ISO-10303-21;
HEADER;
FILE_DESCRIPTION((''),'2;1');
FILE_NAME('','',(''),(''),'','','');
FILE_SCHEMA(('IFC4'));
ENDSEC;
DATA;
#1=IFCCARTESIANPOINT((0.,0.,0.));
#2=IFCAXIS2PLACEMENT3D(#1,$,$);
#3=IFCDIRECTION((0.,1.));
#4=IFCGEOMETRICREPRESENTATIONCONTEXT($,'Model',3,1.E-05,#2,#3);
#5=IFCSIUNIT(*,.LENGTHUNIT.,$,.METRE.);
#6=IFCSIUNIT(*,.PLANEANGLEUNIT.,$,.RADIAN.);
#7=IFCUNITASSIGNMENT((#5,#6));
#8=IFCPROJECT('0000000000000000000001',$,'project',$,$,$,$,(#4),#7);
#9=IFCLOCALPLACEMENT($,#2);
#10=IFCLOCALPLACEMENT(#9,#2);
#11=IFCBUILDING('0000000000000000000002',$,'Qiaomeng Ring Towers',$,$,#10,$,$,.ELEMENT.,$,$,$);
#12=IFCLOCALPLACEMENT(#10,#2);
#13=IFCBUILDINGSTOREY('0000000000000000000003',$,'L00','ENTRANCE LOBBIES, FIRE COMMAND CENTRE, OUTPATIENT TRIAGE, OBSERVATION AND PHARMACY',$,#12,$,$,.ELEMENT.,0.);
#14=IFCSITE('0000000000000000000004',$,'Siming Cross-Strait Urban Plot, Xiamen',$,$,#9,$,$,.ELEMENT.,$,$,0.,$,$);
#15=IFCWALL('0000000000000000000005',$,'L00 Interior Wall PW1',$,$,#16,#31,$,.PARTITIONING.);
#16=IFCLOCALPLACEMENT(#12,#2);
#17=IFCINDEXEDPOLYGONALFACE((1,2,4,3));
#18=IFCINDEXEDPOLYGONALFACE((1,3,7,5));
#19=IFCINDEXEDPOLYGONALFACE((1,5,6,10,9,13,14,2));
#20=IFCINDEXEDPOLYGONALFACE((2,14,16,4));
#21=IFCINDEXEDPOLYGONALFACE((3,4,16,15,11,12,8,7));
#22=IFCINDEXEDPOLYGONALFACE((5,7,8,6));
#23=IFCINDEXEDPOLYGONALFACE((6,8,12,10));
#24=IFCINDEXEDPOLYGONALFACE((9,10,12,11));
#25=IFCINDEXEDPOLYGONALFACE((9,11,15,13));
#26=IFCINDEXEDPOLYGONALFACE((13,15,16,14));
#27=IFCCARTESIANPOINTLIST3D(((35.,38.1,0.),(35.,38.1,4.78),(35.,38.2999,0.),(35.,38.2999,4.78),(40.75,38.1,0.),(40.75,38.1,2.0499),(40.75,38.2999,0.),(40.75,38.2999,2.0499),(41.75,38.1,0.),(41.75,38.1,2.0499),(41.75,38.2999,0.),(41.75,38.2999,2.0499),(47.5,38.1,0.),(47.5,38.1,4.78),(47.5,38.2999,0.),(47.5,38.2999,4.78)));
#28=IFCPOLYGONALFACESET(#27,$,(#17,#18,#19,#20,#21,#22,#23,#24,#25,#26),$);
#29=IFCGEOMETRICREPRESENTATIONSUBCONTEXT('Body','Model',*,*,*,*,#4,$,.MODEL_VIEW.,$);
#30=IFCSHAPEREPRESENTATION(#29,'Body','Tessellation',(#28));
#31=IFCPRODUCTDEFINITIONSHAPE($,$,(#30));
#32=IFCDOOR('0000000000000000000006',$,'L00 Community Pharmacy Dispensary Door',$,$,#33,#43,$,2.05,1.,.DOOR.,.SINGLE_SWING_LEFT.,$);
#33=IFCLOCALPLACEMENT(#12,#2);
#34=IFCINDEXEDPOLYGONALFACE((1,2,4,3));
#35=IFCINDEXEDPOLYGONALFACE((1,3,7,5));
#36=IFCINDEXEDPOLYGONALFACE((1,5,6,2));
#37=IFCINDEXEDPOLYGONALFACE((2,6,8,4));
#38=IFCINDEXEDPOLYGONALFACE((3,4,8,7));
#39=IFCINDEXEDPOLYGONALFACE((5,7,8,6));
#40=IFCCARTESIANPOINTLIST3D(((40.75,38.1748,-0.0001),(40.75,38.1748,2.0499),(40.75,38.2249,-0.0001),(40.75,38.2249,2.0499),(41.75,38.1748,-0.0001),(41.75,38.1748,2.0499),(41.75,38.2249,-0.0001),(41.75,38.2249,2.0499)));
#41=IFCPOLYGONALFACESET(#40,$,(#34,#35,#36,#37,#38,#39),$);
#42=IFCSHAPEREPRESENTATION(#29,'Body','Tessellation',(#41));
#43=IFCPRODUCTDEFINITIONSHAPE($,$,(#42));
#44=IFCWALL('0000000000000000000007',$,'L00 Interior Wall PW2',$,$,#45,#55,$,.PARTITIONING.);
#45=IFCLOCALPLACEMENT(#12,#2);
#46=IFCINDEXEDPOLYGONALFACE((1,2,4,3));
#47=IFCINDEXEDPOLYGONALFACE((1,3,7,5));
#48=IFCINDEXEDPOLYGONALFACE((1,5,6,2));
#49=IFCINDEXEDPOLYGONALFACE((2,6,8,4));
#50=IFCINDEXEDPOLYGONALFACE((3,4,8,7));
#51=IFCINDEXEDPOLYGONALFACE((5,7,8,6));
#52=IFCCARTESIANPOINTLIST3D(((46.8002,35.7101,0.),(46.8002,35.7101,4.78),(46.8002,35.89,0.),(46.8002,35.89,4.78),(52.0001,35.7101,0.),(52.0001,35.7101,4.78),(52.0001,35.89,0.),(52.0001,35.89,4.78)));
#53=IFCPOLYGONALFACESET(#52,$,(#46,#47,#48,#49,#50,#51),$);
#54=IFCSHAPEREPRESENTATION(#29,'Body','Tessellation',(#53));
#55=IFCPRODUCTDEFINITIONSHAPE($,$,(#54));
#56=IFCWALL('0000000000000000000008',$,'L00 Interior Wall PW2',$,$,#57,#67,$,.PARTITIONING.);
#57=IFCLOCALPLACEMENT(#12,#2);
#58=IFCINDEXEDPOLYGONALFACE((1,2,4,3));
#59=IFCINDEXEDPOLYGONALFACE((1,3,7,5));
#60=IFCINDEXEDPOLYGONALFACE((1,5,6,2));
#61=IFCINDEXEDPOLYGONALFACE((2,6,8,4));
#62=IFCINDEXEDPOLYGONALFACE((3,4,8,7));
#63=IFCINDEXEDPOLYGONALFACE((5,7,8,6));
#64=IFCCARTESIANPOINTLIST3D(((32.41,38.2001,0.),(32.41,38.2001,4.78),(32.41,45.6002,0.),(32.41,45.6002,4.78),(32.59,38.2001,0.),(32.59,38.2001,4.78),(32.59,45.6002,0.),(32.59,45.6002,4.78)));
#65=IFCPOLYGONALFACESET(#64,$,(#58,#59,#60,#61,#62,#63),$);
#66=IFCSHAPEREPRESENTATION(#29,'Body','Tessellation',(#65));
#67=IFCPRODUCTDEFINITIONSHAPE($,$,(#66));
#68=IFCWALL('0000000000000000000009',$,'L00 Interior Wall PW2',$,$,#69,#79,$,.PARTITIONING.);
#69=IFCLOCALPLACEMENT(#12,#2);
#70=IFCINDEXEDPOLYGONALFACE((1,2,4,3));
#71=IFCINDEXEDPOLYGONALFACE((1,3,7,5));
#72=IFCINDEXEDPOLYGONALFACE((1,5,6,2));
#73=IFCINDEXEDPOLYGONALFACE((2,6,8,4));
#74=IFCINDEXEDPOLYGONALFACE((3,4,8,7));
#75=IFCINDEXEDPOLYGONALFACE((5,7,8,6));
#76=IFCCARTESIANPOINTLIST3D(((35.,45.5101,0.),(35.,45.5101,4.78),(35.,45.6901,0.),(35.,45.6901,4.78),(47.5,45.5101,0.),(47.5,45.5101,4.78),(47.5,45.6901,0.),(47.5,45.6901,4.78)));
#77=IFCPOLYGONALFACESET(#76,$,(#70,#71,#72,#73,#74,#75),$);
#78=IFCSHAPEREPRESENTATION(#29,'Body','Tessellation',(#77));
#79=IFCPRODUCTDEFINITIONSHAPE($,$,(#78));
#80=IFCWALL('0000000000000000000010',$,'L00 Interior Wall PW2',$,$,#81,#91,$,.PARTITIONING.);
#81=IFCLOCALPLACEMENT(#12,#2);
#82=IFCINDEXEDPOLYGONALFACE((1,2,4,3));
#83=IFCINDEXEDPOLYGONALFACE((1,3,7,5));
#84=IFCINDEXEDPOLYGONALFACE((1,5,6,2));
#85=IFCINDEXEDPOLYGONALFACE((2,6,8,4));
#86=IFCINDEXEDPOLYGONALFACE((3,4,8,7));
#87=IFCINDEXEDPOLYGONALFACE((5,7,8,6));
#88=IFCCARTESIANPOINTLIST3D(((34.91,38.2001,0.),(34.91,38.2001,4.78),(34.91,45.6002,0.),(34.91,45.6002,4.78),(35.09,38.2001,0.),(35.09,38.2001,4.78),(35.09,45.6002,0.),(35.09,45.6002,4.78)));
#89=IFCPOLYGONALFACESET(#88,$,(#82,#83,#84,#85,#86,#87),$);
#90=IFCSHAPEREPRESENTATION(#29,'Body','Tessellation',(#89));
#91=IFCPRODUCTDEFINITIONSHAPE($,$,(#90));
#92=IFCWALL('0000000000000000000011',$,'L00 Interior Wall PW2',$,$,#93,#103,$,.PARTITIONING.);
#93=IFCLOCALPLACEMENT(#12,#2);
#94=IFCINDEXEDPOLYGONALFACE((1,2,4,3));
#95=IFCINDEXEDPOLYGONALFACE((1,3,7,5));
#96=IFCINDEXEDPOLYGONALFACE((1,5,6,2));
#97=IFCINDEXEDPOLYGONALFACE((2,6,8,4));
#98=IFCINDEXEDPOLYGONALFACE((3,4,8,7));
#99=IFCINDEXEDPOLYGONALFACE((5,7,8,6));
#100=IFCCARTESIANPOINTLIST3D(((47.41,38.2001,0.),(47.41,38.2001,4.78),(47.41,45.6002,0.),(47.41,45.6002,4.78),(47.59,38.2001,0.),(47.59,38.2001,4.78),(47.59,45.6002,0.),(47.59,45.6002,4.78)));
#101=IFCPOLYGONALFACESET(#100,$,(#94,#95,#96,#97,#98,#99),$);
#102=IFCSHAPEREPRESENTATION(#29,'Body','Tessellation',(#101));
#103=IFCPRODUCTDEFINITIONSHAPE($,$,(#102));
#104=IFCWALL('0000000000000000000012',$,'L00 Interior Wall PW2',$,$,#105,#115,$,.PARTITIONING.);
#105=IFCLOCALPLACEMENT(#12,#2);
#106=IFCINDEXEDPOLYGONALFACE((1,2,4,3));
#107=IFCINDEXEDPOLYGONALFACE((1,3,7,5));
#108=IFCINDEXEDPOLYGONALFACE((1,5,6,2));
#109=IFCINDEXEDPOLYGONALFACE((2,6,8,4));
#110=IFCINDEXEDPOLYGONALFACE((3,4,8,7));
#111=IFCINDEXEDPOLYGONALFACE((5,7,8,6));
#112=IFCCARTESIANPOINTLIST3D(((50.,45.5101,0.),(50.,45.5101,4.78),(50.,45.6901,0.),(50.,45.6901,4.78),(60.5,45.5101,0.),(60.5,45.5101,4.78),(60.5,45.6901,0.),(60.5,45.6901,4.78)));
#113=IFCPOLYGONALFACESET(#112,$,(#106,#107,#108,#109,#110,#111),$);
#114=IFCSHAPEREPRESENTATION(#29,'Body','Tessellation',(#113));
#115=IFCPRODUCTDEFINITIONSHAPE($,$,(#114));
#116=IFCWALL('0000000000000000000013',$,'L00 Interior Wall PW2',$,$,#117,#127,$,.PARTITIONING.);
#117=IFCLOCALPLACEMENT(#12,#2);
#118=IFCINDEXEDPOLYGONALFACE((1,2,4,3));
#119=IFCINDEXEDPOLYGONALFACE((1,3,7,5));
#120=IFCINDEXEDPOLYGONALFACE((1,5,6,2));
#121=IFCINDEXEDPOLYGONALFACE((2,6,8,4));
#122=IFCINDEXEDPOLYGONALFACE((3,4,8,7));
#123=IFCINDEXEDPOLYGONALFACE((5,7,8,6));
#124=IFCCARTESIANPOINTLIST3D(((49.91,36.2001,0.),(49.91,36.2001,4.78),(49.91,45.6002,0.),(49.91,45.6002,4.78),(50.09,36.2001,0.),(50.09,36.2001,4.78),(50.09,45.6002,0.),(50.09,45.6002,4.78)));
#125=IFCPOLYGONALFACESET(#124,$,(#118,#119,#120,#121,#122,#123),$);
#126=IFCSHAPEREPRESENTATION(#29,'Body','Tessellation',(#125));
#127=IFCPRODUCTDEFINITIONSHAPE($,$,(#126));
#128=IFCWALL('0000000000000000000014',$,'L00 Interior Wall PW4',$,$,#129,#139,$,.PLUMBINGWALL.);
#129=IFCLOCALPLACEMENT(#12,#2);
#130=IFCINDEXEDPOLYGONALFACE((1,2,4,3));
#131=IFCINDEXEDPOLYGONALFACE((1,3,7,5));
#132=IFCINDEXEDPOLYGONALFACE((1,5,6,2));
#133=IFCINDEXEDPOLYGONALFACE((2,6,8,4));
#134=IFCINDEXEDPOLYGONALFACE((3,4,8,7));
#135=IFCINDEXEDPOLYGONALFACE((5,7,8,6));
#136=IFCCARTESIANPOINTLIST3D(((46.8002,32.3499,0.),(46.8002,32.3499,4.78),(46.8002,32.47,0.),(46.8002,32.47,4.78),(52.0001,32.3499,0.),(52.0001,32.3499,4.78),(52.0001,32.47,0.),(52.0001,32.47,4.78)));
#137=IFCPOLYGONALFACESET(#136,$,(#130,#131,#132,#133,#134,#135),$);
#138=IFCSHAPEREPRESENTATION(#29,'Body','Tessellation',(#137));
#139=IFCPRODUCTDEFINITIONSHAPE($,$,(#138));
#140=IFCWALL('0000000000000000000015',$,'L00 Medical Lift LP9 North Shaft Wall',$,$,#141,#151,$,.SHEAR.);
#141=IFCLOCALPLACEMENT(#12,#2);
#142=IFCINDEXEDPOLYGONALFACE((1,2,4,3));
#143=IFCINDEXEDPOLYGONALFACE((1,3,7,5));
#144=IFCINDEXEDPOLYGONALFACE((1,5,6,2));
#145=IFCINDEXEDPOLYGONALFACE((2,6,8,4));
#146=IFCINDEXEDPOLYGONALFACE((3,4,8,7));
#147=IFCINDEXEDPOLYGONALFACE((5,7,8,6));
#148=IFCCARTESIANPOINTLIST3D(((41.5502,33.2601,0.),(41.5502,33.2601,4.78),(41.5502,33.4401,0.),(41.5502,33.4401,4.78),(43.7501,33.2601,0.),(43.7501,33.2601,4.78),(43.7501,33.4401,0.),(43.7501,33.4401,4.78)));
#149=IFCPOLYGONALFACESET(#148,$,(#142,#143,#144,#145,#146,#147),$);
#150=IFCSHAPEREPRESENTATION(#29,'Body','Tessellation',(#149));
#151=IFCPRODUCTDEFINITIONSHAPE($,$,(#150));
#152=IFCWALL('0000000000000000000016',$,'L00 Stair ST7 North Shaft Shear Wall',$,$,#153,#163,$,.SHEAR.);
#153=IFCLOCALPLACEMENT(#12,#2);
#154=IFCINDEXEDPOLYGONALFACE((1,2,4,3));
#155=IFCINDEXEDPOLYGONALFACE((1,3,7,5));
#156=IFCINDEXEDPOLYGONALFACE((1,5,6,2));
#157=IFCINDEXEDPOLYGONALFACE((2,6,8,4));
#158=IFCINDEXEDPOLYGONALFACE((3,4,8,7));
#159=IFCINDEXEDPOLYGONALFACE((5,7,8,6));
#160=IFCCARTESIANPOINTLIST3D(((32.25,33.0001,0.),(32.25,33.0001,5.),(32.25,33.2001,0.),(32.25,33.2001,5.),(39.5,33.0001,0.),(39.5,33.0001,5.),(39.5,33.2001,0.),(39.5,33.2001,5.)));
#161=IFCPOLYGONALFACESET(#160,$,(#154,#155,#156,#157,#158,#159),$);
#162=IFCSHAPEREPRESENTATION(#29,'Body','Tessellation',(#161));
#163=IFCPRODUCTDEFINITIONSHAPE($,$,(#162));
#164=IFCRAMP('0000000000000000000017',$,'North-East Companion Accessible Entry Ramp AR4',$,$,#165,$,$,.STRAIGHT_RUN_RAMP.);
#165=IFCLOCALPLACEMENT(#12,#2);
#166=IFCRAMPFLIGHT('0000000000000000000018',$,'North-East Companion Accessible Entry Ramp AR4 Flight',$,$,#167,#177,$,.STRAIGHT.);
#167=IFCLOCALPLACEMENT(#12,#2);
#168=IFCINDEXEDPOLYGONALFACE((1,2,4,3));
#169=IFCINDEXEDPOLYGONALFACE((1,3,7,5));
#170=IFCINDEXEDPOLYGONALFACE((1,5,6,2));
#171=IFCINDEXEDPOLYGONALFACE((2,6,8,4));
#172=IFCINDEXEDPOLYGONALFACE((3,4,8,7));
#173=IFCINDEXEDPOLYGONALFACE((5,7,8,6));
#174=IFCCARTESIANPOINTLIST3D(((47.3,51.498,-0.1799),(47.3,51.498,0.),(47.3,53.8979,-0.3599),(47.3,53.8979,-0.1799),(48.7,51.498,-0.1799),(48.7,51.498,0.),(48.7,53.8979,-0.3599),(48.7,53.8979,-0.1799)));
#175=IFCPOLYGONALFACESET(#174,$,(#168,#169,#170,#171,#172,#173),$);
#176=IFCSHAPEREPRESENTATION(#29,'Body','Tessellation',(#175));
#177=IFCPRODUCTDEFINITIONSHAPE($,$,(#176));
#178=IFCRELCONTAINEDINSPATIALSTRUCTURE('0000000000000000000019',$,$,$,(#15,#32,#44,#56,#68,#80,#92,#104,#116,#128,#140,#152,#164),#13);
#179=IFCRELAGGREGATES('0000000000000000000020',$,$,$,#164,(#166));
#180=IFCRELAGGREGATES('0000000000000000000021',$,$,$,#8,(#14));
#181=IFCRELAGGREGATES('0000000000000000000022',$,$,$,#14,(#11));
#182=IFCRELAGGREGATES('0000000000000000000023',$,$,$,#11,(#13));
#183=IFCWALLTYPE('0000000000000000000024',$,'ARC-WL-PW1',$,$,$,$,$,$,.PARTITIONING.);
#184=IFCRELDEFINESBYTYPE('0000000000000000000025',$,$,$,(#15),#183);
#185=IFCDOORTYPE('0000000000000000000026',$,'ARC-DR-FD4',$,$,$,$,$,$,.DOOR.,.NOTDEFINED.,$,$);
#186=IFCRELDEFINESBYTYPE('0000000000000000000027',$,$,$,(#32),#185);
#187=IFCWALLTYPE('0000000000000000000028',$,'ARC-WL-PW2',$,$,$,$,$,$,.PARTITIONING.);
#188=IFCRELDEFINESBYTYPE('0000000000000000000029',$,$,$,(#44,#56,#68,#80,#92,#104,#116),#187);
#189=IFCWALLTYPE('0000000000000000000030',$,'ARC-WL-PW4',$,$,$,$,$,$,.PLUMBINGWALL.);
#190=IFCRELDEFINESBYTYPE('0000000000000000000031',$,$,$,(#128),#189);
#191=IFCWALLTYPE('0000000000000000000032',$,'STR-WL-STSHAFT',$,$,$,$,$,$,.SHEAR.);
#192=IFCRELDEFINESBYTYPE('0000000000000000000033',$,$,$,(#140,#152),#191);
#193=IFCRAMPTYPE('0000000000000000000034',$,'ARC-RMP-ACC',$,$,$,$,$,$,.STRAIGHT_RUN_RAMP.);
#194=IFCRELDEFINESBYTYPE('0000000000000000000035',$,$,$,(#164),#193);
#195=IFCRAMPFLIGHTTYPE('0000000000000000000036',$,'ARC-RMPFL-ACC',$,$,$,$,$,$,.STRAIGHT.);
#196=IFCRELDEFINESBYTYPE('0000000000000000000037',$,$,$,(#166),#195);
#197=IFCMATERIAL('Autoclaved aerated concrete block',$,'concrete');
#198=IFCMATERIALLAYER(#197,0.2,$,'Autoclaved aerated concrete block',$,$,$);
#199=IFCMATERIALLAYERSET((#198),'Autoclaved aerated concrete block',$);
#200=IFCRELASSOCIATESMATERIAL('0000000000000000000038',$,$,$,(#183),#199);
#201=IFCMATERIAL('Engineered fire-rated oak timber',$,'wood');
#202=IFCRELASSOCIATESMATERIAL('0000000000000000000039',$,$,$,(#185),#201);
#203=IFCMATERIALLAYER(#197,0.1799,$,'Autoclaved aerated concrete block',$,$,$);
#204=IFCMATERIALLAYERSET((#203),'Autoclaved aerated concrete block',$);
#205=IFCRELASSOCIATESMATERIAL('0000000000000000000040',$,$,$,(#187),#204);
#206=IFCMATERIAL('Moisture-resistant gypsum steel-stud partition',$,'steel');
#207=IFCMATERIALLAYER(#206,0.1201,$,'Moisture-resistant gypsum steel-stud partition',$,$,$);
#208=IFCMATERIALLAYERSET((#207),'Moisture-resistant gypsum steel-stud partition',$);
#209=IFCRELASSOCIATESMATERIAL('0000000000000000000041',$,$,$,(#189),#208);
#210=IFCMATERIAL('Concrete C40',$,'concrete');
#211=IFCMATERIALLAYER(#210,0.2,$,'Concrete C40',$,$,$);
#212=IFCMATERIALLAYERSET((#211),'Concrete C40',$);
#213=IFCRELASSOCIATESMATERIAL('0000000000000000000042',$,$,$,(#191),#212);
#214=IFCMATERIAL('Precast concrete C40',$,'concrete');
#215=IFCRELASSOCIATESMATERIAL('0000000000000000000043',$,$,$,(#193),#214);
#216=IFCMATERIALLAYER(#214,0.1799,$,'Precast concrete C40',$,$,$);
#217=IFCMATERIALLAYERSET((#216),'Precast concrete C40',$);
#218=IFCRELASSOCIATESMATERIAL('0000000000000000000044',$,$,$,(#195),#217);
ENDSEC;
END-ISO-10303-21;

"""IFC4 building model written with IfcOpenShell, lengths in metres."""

from ifc_helpers import new_model, si_unit, direction, frame, frame_2d, origin, place, context, subcontext, project, spatial, polyline, rectangle, outline, extrude, source, transform, mapped, material, layer, layer_set, type_object, element, fill, aggregate, save


model = new_model("IFC4")

# Units and contexts
model_context = context("Model", 3, precision=1e-05, world=origin(), true_north=direction((0.0, 1.0)))
body_context = subcontext(model_context, "Body", "Model", "MODEL_VIEW")
ifc_project = project(units=[si_unit("LENGTHUNIT", "METRE"), si_unit("PLANEANGLEUNIT", "RADIAN")], contexts=[model_context])

# Site, building, storey
site_placement = place(None, origin())
site = spatial("IfcSite", under=ifc_project, at=site_placement, Name="Siming Cross-Strait Urban Plot, Xiamen", CompositionType="ELEMENT", RefElevation=0.0)
building_placement = place(site_placement, origin())
building = spatial("IfcBuilding", under=site, at=building_placement, Name="Qiaomeng Ring Towers", CompositionType="ELEMENT")
storey_placement = place(building_placement, origin())
storey = spatial("IfcBuildingStorey", under=building, at=storey_placement, Name="L00", Description="ENTRANCE LOBBIES, FIRE COMMAND CENTRE, OUTPATIENT TRIAGE, OBSERVATION AND PHARMACY", CompositionType="ELEMENT", Elevation=0.0)

# Shared definitions
ifc_material_1 = material(Name="Precast concrete C40", Category="concrete")

# Shared definitions
ifc_material_2 = material(Name="Autoclaved aerated concrete block", Category="concrete")
ifc_layer_1 = layer(ifc_material_2, 0.2, Name="Autoclaved aerated concrete block")
ifc_layer_set_1 = layer_set([ifc_layer_1], Name="Autoclaved aerated concrete block")
wall_type_1 = type_object("IfcWallType", Name="ARC-WL-PW1", PredefinedType="PARTITIONING", material=ifc_layer_set_1)

# Shared definitions
ifc_material_3 = material(Name="Engineered fire-rated oak timber", Category="wood")
door_type_1 = type_object("IfcDoorType", Name="ARC-DR-FD4", OperationType="NOTDEFINED", PredefinedType="DOOR", material=ifc_material_3)
shared_shape_1 = source(origin(), body_context, "Body", "SweptSolid", [
    extrude(rectangle(XDim=1.0, YDim=2.05, at=frame_2d((0.5, 1.0249))), frame((0.0, 0.0249, 0.0), z_axis=(0.0, -1.0, 0.0), x_axis=(1.0, 0.0, 0.0)), (0.0, 0.0, 1.0), 0.05),
])

# Wall, opening, door
wall_1_placement = place(storey_placement, frame((35.0, 38.2, 0.0), z_axis=(0.0, 0.0, 1.0), x_axis=(1.0, 0.0, 0.0)))
wall_1 = element("IfcWall", 1, at=wall_1_placement, inside=storey, type_object=wall_type_1, Name="L00 Interior Wall PW1", PredefinedType="PARTITIONING", context=body_context, shape_type="SweptSolid", body=[
    extrude(rectangle(XDim=12.5, YDim=0.2, at=frame_2d((6.25, 0.0))), origin(), (0.0, 0.0, 1.0), 4.78),
])
opening_1_placement = place(wall_1_placement, frame((5.75, 0.0, 0.0)))
opening_1 = element("IfcOpeningElement", 2, at=opening_1_placement, cuts=wall_1, PredefinedType="OPENING", context=body_context, shape_type="SweptSolid", body=[
    extrude(rectangle(XDim=1.0, YDim=2.05, at=frame_2d((0.5, 1.0249))), frame((0.0, 0.1099, 0.0), z_axis=(0.0, -1.0, 0.0), x_axis=(1.0, 0.0, 0.0)), (0.0, 0.0, 1.0), 0.22),
])
door_1_placement = place(opening_1_placement, origin())
door_1 = element("IfcDoor", 3, at=door_1_placement, inside=storey, type_object=door_type_1, Name="L00 Community Pharmacy Dispensary Door", OperationType="SINGLE_SWING_LEFT", OverallHeight=2.05, OverallWidth=1.0, PredefinedType="DOOR", context=body_context, shape_type="MappedRepresentation", body=[
    mapped(shared_shape_1, transform((0.0, 0.0, 0.0), x_axis=(1.0, 0.0, 0.0), y_axis=(0.0, 1.0, 0.0), z_axis=(0.0, 0.0, 1.0), scale=1.0)),
])
fill(opening_1, door_1)

# Walls
ifc_layer_2 = layer(ifc_material_2, 0.1799, Name="Autoclaved aerated concrete block")
ifc_layer_set_2 = layer_set([ifc_layer_2], Name="Autoclaved aerated concrete block")
wall_type_2 = type_object("IfcWallType", Name="ARC-WL-PW2", PredefinedType="PARTITIONING", material=ifc_layer_set_2)
wall_2_placement = place(storey_placement, frame((46.8, 35.8, 0.0), z_axis=(0.0, 0.0, 1.0), x_axis=(1.0, 0.0, 0.0)))
element("IfcWall", 4, at=wall_2_placement, inside=storey, type_object=wall_type_2, Name="L00 Interior Wall PW2", PredefinedType="PARTITIONING", context=body_context, shape_type="SweptSolid", body=[
    extrude(rectangle(XDim=5.2, YDim=0.1799, at=frame_2d((2.6001, 0.0))), origin(), (0.0, 0.0, 1.0), 4.78),
])
wall_3_placement = place(storey_placement, frame((32.5, 38.2, 0.0), z_axis=(0.0, 0.0, 1.0), x_axis=(0.0, 1.0, 0.0)))
element("IfcWall", 5, at=wall_3_placement, inside=storey, type_object=wall_type_2, Name="L00 Interior Wall PW2", PredefinedType="PARTITIONING", context=body_context, shape_type="SweptSolid", body=[
    extrude(rectangle(XDim=7.4001, YDim=0.1799, at=frame_2d((3.7002, 0.0))), origin(), (0.0, 0.0, 1.0), 4.78),
])
wall_4_placement = place(storey_placement, frame((35.0, 45.6001, 0.0), z_axis=(0.0, 0.0, 1.0), x_axis=(1.0, 0.0, 0.0)))
element("IfcWall", 6, at=wall_4_placement, inside=storey, type_object=wall_type_2, Name="L00 Interior Wall PW2", PredefinedType="PARTITIONING", context=body_context, shape_type="SweptSolid", body=[
    extrude(rectangle(XDim=12.5, YDim=0.1799, at=frame_2d((6.25, 0.0))), origin(), (0.0, 0.0, 1.0), 4.78),
])
for number, where, z_axis, x_axis, name in (
    (7, (35.0, 38.2, 0.0), (0.0, 0.0, 1.0), (0.0, 1.0, 0.0), "L00 Interior Wall PW2"),
    (8, (47.5, 38.2, 0.0), (0.0, 0.0, 1.0), (0.0, 1.0, 0.0), "L00 Interior Wall PW2"),
):
    element("IfcWall", number, at=place(storey_placement, frame(where, z_axis=z_axis, x_axis=x_axis)), inside=storey, type_object=wall_type_2, Name=name, PredefinedType="PARTITIONING", context=body_context, shape_type="SweptSolid", body=[
        extrude(rectangle(XDim=7.4001, YDim=0.1799, at=frame_2d((3.7002, 0.0))), origin(), (0.0, 0.0, 1.0), 4.78),
    ])
wall_5_placement = place(storey_placement, frame((50.0, 45.6001, 0.0), z_axis=(0.0, 0.0, 1.0), x_axis=(1.0, 0.0, 0.0)))
element("IfcWall", 9, at=wall_5_placement, inside=storey, type_object=wall_type_2, Name="L00 Interior Wall PW2", PredefinedType="PARTITIONING", context=body_context, shape_type="SweptSolid", body=[
    extrude(rectangle(XDim=10.5, YDim=0.1799, at=frame_2d((5.25, 0.0))), origin(), (0.0, 0.0, 1.0), 4.78),
])
wall_6_placement = place(storey_placement, frame((50.0, 36.2, 0.0), z_axis=(0.0, 0.0, 1.0), x_axis=(0.0, 1.0, 0.0)))
element("IfcWall", 10, at=wall_6_placement, inside=storey, type_object=wall_type_2, Name="L00 Interior Wall PW2", PredefinedType="PARTITIONING", context=body_context, shape_type="SweptSolid", body=[
    extrude(rectangle(XDim=9.4001, YDim=0.1799, at=frame_2d((4.7002, 0.0))), origin(), (0.0, 0.0, 1.0), 4.78),
])
ifc_material_4 = material(Name="Moisture-resistant gypsum steel-stud partition", Category="steel")
ifc_layer_3 = layer(ifc_material_4, 0.1201, Name="Moisture-resistant gypsum steel-stud partition")
ifc_layer_set_3 = layer_set([ifc_layer_3], Name="Moisture-resistant gypsum steel-stud partition")
wall_type_3 = type_object("IfcWallType", Name="ARC-WL-PW4", PredefinedType="PLUMBINGWALL", material=ifc_layer_set_3)
wall_7_placement = place(storey_placement, frame((46.8, 32.4099, 0.0), z_axis=(0.0, 0.0, 1.0), x_axis=(1.0, 0.0, 0.0)))
element("IfcWall", 11, at=wall_7_placement, inside=storey, type_object=wall_type_3, Name="L00 Interior Wall PW4", PredefinedType="PLUMBINGWALL", context=body_context, shape_type="SweptSolid", body=[
    extrude(rectangle(XDim=5.2, YDim=0.1201, at=frame_2d((2.6001, 0.0))), origin(), (0.0, 0.0, 1.0), 4.78),
])
ifc_material_5 = material(Name="Concrete C40", Category="concrete")
ifc_layer_4 = layer(ifc_material_5, 0.2, Name="Concrete C40")
ifc_layer_set_4 = layer_set([ifc_layer_4], Name="Concrete C40")
wall_type_4 = type_object("IfcWallType", Name="STR-WL-STSHAFT", PredefinedType="SHEAR", material=ifc_layer_set_4)
wall_8_placement = place(storey_placement, frame((41.55, 33.3501, 0.0), z_axis=(0.0, 0.0, 1.0), x_axis=(1.0, 0.0, 0.0)))
element("IfcWall", 12, at=wall_8_placement, inside=storey, type_object=wall_type_4, Name="L00 Medical Lift LP9 North Shaft Wall", PredefinedType="SHEAR", context=body_context, shape_type="SweptSolid", body=[
    extrude(rectangle(XDim=2.2, YDim=0.1799, at=frame_2d((1.1001, 0.0))), origin(), (0.0, 0.0, 1.0), 4.78),
])
wall_9_placement = place(storey_placement, frame((32.25, 33.1001, 0.0), z_axis=(0.0, 0.0, 1.0), x_axis=(1.0, 0.0, 0.0)))
element("IfcWall", 13, at=wall_9_placement, inside=storey, type_object=wall_type_4, Name="L00 Stair ST7 North Shaft Shear Wall", PredefinedType="SHEAR", context=body_context, shape_type="SweptSolid", body=[
    extrude(rectangle(XDim=7.25, YDim=0.2, at=frame_2d((3.625, 0.0))), origin(), (0.0, 0.0, 1.0), 5.0),
])

# Ramp, ramp flight
ramp_type = type_object("IfcRampType", Name="ARC-RMP-ACC", PredefinedType="STRAIGHT_RUN_RAMP", material=ifc_material_1)
ramp_placement = place(storey_placement, origin())
ramp = element("IfcRamp", 14, at=ramp_placement, inside=storey, type_object=ramp_type, Name="North-East Companion Accessible Entry Ramp AR4", PredefinedType="STRAIGHT_RUN_RAMP")
ifc_layer_5 = layer(ifc_material_1, 0.1799, Name="Precast concrete C40")
ifc_layer_set_5 = layer_set([ifc_layer_5], Name="Precast concrete C40")
ramp_flight_type = type_object("IfcRampFlightType", Name="ARC-RMPFL-ACC", PredefinedType="STRAIGHT", material=ifc_layer_set_5)
ramp_flight_placement = place(storey_placement, frame((48.0, 53.8979, -0.1799), z_axis=(0.0, 0.0, 1.0), x_axis=(0.0, -1.0, 0.0)))
ramp_flight = element("IfcRampFlight", 15, at=ramp_flight_placement, type_object=ramp_flight_type, Name="North-East Companion Accessible Entry Ramp AR4 Flight", PredefinedType="STRAIGHT", context=body_context, shape_type="SweptSolid", body=[
    extrude(outline(polyline([(0.0, 0.0), (2.3999, 0.1799), (2.3999, 0.0), (0.0, -0.1799), (0.0, 0.0)])), frame((0.0, 0.7, 0.0), z_axis=(0.0, -1.0, 0.0), x_axis=(1.0, 0.0, 0.0)), (0.0, 0.0, 1.0), 1.3999),
])
aggregate(ramp, [ramp_flight])

save(model, "model.ifc")
